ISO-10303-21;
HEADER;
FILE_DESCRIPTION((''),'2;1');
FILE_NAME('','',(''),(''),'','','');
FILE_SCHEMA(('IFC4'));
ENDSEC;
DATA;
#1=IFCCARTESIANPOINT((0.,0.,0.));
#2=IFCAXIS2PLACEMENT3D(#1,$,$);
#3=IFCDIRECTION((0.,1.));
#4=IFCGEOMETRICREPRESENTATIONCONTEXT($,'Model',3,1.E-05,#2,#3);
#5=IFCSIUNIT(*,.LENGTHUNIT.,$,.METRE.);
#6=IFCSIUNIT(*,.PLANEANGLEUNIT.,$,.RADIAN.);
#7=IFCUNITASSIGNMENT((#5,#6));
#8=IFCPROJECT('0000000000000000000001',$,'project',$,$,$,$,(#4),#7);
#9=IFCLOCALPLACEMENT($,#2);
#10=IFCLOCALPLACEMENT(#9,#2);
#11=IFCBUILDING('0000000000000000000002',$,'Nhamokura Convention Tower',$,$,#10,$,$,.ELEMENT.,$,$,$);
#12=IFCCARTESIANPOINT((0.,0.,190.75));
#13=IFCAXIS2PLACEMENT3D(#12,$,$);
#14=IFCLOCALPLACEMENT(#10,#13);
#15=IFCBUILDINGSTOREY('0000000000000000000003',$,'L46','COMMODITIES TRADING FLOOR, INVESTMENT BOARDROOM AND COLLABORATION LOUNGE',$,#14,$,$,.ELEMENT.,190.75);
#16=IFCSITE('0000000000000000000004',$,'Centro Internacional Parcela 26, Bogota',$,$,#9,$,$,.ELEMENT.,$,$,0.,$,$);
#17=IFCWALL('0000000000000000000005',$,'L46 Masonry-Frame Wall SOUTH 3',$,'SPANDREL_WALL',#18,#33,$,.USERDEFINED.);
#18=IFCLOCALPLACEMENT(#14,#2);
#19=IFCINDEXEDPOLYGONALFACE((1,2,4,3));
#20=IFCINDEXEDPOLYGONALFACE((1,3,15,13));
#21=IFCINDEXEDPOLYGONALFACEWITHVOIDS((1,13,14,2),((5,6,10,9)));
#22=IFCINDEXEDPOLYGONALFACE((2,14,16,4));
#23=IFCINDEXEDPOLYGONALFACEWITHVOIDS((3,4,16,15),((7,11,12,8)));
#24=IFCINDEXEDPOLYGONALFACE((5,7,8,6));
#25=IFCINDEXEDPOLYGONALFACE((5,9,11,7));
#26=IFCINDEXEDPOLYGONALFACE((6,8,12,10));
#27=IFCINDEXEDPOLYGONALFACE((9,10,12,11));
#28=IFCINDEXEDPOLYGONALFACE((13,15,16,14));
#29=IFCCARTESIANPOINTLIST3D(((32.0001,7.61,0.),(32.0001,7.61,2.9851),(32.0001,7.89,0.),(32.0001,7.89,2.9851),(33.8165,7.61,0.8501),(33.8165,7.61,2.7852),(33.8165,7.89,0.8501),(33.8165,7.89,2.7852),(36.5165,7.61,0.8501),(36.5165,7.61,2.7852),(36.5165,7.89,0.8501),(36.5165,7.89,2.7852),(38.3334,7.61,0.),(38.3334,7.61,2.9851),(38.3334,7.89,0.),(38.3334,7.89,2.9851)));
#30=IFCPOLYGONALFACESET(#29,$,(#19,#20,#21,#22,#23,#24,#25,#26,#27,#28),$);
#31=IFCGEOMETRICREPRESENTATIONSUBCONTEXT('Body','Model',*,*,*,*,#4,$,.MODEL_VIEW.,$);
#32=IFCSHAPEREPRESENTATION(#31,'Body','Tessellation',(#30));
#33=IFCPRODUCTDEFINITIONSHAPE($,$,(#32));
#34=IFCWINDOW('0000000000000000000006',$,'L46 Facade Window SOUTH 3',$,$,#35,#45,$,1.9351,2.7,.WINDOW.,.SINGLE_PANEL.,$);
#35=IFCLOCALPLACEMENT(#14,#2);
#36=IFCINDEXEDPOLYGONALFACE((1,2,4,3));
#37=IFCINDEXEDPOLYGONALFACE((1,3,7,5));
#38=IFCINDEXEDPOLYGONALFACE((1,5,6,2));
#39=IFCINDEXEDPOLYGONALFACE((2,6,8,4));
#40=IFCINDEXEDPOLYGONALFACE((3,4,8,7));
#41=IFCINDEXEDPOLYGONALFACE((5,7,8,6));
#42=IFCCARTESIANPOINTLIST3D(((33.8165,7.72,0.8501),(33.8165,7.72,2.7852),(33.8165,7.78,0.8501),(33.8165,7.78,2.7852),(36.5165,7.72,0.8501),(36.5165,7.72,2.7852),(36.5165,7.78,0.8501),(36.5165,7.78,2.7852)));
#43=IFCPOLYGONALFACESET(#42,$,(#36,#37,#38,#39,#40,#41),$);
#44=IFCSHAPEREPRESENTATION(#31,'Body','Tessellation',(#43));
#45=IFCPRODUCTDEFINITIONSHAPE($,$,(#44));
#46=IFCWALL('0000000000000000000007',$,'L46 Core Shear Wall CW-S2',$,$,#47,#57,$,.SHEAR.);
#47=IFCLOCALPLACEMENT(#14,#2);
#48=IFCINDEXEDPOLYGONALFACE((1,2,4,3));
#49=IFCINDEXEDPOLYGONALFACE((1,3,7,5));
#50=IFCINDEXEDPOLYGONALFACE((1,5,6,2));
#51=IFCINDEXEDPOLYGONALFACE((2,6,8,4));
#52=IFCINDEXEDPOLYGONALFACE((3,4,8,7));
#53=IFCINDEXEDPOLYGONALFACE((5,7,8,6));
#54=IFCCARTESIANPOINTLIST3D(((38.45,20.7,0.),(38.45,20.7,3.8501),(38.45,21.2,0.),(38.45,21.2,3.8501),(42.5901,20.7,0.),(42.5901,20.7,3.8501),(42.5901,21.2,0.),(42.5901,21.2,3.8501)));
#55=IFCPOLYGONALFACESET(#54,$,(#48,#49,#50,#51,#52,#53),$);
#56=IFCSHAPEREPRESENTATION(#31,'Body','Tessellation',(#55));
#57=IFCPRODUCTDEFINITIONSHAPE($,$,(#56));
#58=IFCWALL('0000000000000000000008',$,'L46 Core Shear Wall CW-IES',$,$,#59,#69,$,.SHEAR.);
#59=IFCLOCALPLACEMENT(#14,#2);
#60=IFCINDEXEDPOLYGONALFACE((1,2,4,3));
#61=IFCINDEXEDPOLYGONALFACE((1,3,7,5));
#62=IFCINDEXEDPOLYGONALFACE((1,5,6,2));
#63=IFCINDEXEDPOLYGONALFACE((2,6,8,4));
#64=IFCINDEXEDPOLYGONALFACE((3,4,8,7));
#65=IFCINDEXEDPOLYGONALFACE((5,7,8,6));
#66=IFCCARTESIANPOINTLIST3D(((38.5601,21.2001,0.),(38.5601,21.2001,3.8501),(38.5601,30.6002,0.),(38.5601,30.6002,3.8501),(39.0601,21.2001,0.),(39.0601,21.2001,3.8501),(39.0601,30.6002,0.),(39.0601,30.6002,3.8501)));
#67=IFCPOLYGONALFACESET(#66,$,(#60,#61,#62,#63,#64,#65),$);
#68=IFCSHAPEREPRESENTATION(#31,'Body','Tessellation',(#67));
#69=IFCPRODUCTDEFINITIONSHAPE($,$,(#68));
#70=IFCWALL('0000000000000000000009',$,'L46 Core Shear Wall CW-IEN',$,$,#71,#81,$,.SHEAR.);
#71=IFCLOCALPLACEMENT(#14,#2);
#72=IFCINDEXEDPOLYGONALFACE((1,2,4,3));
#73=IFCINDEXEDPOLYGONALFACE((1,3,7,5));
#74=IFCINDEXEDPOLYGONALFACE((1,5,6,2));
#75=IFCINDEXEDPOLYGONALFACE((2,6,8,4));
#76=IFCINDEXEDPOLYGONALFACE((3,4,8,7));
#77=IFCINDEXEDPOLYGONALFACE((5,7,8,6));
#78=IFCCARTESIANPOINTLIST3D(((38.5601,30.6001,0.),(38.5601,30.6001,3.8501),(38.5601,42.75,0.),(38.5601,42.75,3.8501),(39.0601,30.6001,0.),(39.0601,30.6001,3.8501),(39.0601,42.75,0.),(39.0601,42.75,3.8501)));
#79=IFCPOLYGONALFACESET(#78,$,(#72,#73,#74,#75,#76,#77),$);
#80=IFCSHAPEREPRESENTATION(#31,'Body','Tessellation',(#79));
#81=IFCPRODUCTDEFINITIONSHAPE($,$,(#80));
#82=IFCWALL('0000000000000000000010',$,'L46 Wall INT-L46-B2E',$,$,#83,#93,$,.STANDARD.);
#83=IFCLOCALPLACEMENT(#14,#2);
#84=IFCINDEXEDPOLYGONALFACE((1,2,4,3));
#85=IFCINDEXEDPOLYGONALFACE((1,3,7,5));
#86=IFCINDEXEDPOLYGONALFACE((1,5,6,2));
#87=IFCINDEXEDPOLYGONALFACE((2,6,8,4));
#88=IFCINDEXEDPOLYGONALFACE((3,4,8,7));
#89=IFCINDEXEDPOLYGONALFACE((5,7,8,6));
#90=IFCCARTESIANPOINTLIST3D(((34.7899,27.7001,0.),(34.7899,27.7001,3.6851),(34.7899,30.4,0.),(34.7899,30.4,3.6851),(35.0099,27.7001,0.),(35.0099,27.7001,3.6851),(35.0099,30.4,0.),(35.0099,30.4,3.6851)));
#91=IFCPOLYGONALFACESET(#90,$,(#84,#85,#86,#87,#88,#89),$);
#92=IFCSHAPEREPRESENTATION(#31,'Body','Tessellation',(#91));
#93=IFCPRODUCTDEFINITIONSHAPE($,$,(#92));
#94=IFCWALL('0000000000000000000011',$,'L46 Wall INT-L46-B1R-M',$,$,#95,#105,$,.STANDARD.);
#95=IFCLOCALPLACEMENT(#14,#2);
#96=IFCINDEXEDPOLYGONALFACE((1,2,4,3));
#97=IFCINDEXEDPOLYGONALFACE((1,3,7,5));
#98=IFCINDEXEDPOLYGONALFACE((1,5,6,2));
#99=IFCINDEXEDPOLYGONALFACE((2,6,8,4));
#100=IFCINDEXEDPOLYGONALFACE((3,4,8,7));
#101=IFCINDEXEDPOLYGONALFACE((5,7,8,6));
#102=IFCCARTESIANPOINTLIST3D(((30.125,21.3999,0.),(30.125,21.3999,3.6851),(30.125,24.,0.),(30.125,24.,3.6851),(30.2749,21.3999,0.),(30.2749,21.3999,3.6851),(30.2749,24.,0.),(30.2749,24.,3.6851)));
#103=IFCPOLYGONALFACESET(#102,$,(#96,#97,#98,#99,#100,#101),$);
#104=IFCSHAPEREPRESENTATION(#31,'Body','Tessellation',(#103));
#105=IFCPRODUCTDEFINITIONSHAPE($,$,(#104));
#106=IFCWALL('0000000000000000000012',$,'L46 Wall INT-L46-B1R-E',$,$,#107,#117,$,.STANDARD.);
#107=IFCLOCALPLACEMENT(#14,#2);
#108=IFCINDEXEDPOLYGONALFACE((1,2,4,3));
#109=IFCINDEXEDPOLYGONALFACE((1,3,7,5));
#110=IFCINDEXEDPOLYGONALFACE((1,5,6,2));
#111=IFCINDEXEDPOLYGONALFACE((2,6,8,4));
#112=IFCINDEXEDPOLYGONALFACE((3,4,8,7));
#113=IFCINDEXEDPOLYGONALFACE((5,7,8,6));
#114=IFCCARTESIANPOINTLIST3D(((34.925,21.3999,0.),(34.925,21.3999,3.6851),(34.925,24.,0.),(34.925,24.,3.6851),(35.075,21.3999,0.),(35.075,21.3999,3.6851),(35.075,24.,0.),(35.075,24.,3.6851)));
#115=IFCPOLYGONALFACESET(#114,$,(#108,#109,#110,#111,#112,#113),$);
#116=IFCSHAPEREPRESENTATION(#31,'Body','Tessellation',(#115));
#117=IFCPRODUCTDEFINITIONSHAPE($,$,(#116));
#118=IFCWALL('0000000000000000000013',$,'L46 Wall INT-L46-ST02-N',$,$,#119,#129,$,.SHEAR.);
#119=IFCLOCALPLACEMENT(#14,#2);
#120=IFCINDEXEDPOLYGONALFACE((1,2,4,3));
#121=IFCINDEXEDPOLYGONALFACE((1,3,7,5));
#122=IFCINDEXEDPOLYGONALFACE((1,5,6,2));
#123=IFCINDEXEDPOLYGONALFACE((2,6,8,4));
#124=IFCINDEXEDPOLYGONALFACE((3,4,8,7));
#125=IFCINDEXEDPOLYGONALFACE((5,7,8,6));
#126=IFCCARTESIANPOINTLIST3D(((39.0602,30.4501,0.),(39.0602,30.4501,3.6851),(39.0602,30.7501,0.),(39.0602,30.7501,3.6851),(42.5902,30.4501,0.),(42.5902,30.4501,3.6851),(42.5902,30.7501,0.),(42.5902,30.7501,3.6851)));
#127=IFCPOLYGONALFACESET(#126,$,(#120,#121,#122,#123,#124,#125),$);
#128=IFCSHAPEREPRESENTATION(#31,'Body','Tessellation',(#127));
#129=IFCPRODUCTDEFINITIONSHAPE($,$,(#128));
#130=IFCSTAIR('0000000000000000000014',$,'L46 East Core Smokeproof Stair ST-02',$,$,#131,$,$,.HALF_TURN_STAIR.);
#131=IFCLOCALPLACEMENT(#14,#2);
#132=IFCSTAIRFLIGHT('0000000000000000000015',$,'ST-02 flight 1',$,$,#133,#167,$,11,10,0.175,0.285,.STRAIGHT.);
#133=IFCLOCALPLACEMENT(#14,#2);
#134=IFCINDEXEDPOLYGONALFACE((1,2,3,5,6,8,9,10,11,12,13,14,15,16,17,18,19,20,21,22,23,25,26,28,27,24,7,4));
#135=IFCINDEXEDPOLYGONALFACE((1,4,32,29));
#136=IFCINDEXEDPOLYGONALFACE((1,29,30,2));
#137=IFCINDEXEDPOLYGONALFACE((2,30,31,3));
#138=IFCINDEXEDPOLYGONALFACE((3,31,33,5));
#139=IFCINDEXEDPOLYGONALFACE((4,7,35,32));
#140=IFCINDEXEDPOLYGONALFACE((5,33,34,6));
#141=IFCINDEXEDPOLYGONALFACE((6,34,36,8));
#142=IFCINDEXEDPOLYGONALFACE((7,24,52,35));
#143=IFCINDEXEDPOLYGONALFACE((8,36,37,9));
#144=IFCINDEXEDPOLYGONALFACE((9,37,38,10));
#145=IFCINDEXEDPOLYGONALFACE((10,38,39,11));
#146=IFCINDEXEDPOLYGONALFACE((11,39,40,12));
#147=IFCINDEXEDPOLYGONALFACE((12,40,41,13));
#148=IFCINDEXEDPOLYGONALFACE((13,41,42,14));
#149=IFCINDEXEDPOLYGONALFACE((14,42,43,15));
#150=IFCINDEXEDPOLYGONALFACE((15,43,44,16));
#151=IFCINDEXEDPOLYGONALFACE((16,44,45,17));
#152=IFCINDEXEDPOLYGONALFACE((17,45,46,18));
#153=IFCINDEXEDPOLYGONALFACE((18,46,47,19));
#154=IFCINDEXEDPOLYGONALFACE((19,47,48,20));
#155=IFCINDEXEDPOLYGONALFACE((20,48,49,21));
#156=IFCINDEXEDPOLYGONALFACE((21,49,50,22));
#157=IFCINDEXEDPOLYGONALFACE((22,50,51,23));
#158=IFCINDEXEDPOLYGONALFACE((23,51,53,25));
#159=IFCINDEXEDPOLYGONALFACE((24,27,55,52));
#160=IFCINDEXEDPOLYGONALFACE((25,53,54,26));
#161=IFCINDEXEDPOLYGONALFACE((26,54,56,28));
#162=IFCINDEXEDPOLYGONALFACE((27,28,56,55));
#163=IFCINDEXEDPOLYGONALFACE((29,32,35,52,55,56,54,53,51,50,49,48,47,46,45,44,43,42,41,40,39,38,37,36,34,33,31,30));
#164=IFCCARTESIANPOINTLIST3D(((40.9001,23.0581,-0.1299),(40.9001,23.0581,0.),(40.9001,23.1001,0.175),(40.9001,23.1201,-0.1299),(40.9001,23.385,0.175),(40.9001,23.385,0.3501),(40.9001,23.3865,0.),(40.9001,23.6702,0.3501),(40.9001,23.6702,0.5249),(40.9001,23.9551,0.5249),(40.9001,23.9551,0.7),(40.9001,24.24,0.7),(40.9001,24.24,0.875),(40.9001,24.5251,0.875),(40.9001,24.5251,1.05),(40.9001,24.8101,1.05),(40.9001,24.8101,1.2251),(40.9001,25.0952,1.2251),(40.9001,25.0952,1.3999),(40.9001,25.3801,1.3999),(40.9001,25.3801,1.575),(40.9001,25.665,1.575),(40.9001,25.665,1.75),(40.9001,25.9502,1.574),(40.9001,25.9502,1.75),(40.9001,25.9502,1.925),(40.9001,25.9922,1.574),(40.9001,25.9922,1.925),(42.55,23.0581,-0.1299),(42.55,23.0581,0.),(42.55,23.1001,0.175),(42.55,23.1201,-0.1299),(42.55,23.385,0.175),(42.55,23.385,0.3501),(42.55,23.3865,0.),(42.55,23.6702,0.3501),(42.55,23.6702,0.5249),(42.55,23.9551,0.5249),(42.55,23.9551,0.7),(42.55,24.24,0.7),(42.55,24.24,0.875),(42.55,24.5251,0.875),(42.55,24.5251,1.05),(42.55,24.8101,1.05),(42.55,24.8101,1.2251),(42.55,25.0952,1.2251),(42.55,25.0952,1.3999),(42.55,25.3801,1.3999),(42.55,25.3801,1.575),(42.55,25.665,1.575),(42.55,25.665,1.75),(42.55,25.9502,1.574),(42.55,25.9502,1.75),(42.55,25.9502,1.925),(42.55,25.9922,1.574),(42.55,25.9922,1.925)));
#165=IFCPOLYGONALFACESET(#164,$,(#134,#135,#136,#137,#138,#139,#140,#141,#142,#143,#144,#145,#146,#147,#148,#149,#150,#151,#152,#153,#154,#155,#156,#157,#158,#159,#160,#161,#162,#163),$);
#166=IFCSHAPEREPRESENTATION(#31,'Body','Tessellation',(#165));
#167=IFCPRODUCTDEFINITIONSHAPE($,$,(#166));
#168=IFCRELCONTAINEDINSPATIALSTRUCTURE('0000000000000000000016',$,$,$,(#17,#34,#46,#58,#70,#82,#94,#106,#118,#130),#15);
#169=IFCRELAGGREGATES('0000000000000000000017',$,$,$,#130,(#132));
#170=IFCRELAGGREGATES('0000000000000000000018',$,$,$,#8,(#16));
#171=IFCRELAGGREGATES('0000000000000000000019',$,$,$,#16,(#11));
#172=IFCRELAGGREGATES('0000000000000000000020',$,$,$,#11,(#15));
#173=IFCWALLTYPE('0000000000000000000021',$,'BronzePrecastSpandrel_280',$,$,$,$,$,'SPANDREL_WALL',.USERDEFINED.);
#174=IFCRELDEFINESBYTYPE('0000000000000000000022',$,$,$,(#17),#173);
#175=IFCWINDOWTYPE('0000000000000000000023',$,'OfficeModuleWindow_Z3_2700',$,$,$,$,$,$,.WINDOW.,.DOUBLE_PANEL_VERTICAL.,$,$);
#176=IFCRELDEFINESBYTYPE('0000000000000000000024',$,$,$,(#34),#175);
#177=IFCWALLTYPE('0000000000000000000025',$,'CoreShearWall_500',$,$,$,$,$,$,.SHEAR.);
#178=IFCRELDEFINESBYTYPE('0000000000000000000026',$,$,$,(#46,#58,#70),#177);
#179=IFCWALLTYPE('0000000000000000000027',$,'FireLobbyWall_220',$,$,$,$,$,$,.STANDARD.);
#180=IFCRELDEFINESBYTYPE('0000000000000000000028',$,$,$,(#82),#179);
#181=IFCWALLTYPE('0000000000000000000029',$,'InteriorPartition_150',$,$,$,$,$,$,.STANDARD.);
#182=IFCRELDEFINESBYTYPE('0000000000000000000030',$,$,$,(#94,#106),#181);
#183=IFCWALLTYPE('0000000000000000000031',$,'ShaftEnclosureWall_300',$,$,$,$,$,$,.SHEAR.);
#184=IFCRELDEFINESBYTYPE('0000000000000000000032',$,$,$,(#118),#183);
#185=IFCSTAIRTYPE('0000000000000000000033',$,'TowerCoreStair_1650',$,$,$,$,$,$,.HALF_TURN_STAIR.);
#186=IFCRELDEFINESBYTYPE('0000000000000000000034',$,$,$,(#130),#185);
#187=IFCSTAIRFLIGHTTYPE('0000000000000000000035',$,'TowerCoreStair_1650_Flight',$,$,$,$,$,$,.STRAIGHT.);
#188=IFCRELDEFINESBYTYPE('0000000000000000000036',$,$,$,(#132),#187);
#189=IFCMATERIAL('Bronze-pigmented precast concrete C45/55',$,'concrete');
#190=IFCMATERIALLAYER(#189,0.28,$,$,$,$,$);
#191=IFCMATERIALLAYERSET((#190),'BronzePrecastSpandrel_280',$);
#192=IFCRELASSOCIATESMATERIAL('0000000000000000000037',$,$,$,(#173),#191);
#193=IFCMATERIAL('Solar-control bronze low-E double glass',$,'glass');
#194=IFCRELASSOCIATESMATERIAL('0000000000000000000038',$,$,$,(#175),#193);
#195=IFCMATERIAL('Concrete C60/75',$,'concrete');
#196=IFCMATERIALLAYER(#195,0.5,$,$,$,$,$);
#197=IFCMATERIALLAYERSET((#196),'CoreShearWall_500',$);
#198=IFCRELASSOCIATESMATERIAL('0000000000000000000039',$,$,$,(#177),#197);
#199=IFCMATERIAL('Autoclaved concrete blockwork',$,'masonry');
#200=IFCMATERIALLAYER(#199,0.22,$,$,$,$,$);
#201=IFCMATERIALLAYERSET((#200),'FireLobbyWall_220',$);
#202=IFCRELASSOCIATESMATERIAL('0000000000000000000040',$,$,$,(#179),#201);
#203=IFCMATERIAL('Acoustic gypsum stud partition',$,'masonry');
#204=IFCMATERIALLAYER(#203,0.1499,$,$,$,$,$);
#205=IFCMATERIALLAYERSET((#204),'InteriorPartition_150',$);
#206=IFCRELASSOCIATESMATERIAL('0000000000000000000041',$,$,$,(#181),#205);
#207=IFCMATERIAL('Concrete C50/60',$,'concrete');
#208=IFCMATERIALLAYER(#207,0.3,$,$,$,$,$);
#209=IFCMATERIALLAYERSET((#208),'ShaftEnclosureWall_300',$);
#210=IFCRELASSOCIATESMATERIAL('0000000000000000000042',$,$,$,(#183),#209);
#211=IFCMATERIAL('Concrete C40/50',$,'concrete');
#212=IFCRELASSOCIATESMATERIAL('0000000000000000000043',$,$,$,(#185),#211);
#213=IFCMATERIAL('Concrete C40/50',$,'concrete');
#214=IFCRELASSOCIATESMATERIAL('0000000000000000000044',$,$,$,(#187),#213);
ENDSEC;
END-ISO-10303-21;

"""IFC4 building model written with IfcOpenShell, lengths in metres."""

from ifc_helpers import new_model, si_unit, direction, frame, frame_2d, origin, place, context, subcontext, project, spatial, polyline, rectangle, outline, extrude, material, layer, layer_set, type_object, element, fill, aggregate, save


model = new_model("IFC4")

# Units and contexts
model_context = context("Model", 3, precision=1e-05, world=origin(), true_north=direction((0.0, 1.0)))
body_context = subcontext(model_context, "Body", "Model", "MODEL_VIEW")
ifc_project = project(units=[si_unit("LENGTHUNIT", "METRE"), si_unit("PLANEANGLEUNIT", "RADIAN")], contexts=[model_context])

# Site, building, storey
site_placement = place(None, origin())
site = spatial("IfcSite", under=ifc_project, at=site_placement, Name="Centro Internacional Parcela 26, Bogota", CompositionType="ELEMENT", RefElevation=0.0)
building_placement = place(site_placement, origin())
building = spatial("IfcBuilding", under=site, at=building_placement, Name="Nhamokura Convention Tower", CompositionType="ELEMENT")
storey_placement = place(building_placement, frame((0.0, 0.0, 190.75)))
storey = spatial("IfcBuildingStorey", under=building, at=storey_placement, Name="L46", Description="COMMODITIES TRADING FLOOR, INVESTMENT BOARDROOM AND COLLABORATION LOUNGE", CompositionType="ELEMENT", Elevation=190.75)

# Wall, opening, window
ifc_material_1 = material(Name="Bronze-pigmented precast concrete C45/55", Category="concrete")
ifc_layer_1 = layer(ifc_material_1, 0.28)
ifc_layer_set_1 = layer_set([ifc_layer_1], Name="BronzePrecastSpandrel_280")
wall_type_1 = type_object("IfcWallType", Name="BronzePrecastSpandrel_280", ElementType="SPANDREL_WALL", PredefinedType="USERDEFINED", material=ifc_layer_set_1)
ifc_material_2 = material(Name="Solar-control bronze low-E double glass", Category="glass")
window_type = type_object("IfcWindowType", Name="OfficeModuleWindow_Z3_2700", PartitioningType="DOUBLE_PANEL_VERTICAL", PredefinedType="WINDOW", material=ifc_material_2)
wall_1_placement = place(storey_placement, frame((38.3333, 7.75, 0.0), z_axis=(0.0, 0.0, 1.0), x_axis=(-1.0, 0.0, 0.0)))
wall_1 = element("IfcWall", 1, at=wall_1_placement, inside=storey, type_object=wall_type_1, Name="L46 Masonry-Frame Wall SOUTH 3", ObjectType="SPANDREL_WALL", PredefinedType="USERDEFINED", context=body_context, shape_type="SweptSolid", body=[
    extrude(rectangle(XDim=6.3333, YDim=0.28, at=frame_2d((3.1665, 0.0))), origin(), (0.0, 0.0, 1.0), 2.9851),
])
opening_1_placement = place(wall_1_placement, frame((1.8167, 0.0, 0.8501)))
opening_1 = element("IfcOpeningElement", 2, at=opening_1_placement, cuts=wall_1, PredefinedType="OPENING", context=body_context, shape_type="SweptSolid", body=[
    extrude(rectangle(XDim=2.7, YDim=1.9351, at=frame_2d((1.3501, 0.9675))), frame((0.0, 0.1499, 0.0), z_axis=(0.0, -1.0, 0.0), x_axis=(1.0, 0.0, 0.0)), (0.0, 0.0, 1.0), 0.3),
])
window_1_placement = place(opening_1_placement, origin())
window_1 = element("IfcWindow", 3, at=window_1_placement, inside=storey, type_object=window_type, Name="L46 Facade Window SOUTH 3", OverallHeight=1.9351, OverallWidth=2.7, PartitioningType="SINGLE_PANEL", PredefinedType="WINDOW", context=body_context, shape_type="SweptSolid", body=[
    extrude(rectangle(XDim=2.7, YDim=1.9351, at=frame_2d((1.3501, 0.9675))), frame((0.0, 0.03, 0.0), z_axis=(0.0, -1.0, 0.0), x_axis=(1.0, 0.0, 0.0)), (0.0, 0.0, 1.0), 0.0601),
])
fill(opening_1, window_1)

# Shared definitions
ifc_material_3 = material(Name="Concrete C60/75", Category="concrete")
ifc_layer_2 = layer(ifc_material_3, 0.5)
ifc_layer_set_2 = layer_set([ifc_layer_2], Name="CoreShearWall_500")
wall_type_2 = type_object("IfcWallType", Name="CoreShearWall_500", PredefinedType="SHEAR", material=ifc_layer_set_2)

# Walls
wall_2_placement = place(storey_placement, frame((38.45, 20.95, 0.0), z_axis=(0.0, 0.0, 1.0), x_axis=(1.0, 0.0, 0.0)))
element("IfcWall", 4, at=wall_2_placement, inside=storey, type_object=wall_type_2, Name="L46 Core Shear Wall CW-S2", PredefinedType="SHEAR", context=body_context, shape_type="SweptSolid", body=[
    extrude(rectangle(XDim=4.1401, YDim=0.5, at=frame_2d((2.0701, 0.0))), origin(), (0.0, 0.0, 1.0), 3.8501),
])
wall_3_placement = place(storey_placement, frame((38.8101, 21.2, 0.0), z_axis=(0.0, 0.0, 1.0), x_axis=(0.0, 1.0, 0.0)))
element("IfcWall", 5, at=wall_3_placement, inside=storey, type_object=wall_type_2, Name="L46 Core Shear Wall CW-IES", PredefinedType="SHEAR", context=body_context, shape_type="SweptSolid", body=[
    extrude(rectangle(XDim=9.4001, YDim=0.5, at=frame_2d((4.7002, 0.0))), origin(), (0.0, 0.0, 1.0), 3.8501),
])
wall_4_placement = place(storey_placement, frame((38.8101, 30.6001, 0.0), z_axis=(0.0, 0.0, 1.0), x_axis=(0.0, 1.0, 0.0)))
element("IfcWall", 6, at=wall_4_placement, inside=storey, type_object=wall_type_2, Name="L46 Core Shear Wall CW-IEN", PredefinedType="SHEAR", context=body_context, shape_type="SweptSolid", body=[
    extrude(rectangle(XDim=12.1499, YDim=0.5, at=frame_2d((6.075, 0.0))), origin(), (0.0, 0.0, 1.0), 3.8501),
])

# Shared definitions
ifc_material_4 = material(Name="Autoclaved concrete blockwork", Category="masonry")
ifc_layer_3 = layer(ifc_material_4, 0.22)
ifc_layer_set_3 = layer_set([ifc_layer_3], Name="FireLobbyWall_220")
wall_type_3 = type_object("IfcWallType", Name="FireLobbyWall_220", PredefinedType="STANDARD", material=ifc_layer_set_3)

# Walls
wall_5_placement = place(storey_placement, frame((34.8999, 27.7, 0.0), z_axis=(0.0, 0.0, 1.0), x_axis=(0.0, 1.0, 0.0)))
element("IfcWall", 7, at=wall_5_placement, inside=storey, type_object=wall_type_3, Name="L46 Wall INT-L46-B2E", PredefinedType="STANDARD", context=body_context, shape_type="SweptSolid", body=[
    extrude(rectangle(XDim=2.7, YDim=0.22, at=frame_2d((1.3501, 0.0))), origin(), (0.0, 0.0, 1.0), 3.6851),
])
ifc_material_5 = material(Name="Acoustic gypsum stud partition", Category="masonry")
ifc_layer_4 = layer(ifc_material_5, 0.1499)
ifc_layer_set_4 = layer_set([ifc_layer_4], Name="InteriorPartition_150")
wall_type_4 = type_object("IfcWallType", Name="InteriorPartition_150", PredefinedType="STANDARD", material=ifc_layer_set_4)
for number, where, z_axis, x_axis, name in (
    (8, (30.2, 21.3999, 0.0), (0.0, 0.0, 1.0), (0.0, 1.0, 0.0), "L46 Wall INT-L46-B1R-M"),
    (9, (35.0, 21.3999, 0.0), (0.0, 0.0, 1.0), (0.0, 1.0, 0.0), "L46 Wall INT-L46-B1R-E"),
):
    element("IfcWall", number, at=place(storey_placement, frame(where, z_axis=z_axis, x_axis=x_axis)), inside=storey, type_object=wall_type_4, Name=name, PredefinedType="STANDARD", context=body_context, shape_type="SweptSolid", body=[
        extrude(rectangle(XDim=2.6001, YDim=0.1499, at=frame_2d((1.3, 0.0))), origin(), (0.0, 0.0, 1.0), 3.6851),
    ])
ifc_material_6 = material(Name="Concrete C50/60", Category="concrete")
ifc_layer_5 = layer(ifc_material_6, 0.3)
ifc_layer_set_5 = layer_set([ifc_layer_5], Name="ShaftEnclosureWall_300")
wall_type_5 = type_object("IfcWallType", Name="ShaftEnclosureWall_300", PredefinedType="SHEAR", material=ifc_layer_set_5)
wall_6_placement = place(storey_placement, frame((39.0601, 30.6001, 0.0), z_axis=(0.0, 0.0, 1.0), x_axis=(1.0, 0.0, 0.0)))
element("IfcWall", 10, at=wall_6_placement, inside=storey, type_object=wall_type_5, Name="L46 Wall INT-L46-ST02-N", PredefinedType="SHEAR", context=body_context, shape_type="SweptSolid", body=[
    extrude(rectangle(XDim=3.53, YDim=0.3, at=frame_2d((1.7651, 0.0))), origin(), (0.0, 0.0, 1.0), 3.6851),
])

# Stair, stair flight
ifc_material_7 = material(Name="Concrete C40/50", Category="concrete")
stair_type = type_object("IfcStairType", Name="TowerCoreStair_1650", PredefinedType="HALF_TURN_STAIR", material=ifc_material_7)
stair_placement = place(storey_placement, origin())
stair = element("IfcStair", 11, at=stair_placement, inside=storey, type_object=stair_type, Name="L46 East Core Smokeproof Stair ST-02", PredefinedType="HALF_TURN_STAIR")
ifc_material_8 = material(Name="Concrete C40/50", Category="concrete")
stair_flight_type = type_object("IfcStairFlightType", Name="TowerCoreStair_1650_Flight", PredefinedType="STRAIGHT", material=ifc_material_8)
stair_flight_1_placement = place(storey_placement, frame((41.7251, 23.1001, 0.0), z_axis=(0.0, 0.0, 1.0), x_axis=(0.0, 1.0, 0.0)))
stair_flight_1 = element("IfcStairFlight", 12, at=stair_flight_1_placement, type_object=stair_flight_type, Name="ST-02 flight 1", NumberOfRisers=11, NumberOfTreads=10, PredefinedType="STRAIGHT", RiserHeight=0.175, TreadLength=0.285, context=body_context, shape_type="SweptSolid", body=[
    extrude(outline(polyline([(-0.042, 0.0), (0.0, 0.175), (0.2849, 0.175), (0.2849, 0.3501), (0.5701, 0.3501), (0.5701, 0.5249), (0.855, 0.5249), (0.855, 0.7), (1.1399, 0.7), (1.1399, 0.875), (1.425, 0.875), (1.425, 1.05), (1.71, 1.05), (1.71, 1.2251), (1.9951, 1.2251), (1.9951, 1.3999), (2.28, 1.3999), (2.28, 1.575), (2.5649, 1.575), (2.5649, 1.75), (2.8501, 1.75), (2.8501, 1.925), (2.8921, 1.925), (2.8921, 1.574), (2.8501, 1.574), (0.2864, 0.0), (0.02, -0.1299), (-0.042, -0.1299), (-0.042, 0.0)])), frame((0.0, 0.825, 0.0), z_axis=(0.0, -1.0, 0.0), x_axis=(1.0, 0.0, 0.0)), (0.0, 0.0, 1.0), 1.6499),
])
aggregate(stair, [stair_flight_1])

save(model, "model.ifc")
